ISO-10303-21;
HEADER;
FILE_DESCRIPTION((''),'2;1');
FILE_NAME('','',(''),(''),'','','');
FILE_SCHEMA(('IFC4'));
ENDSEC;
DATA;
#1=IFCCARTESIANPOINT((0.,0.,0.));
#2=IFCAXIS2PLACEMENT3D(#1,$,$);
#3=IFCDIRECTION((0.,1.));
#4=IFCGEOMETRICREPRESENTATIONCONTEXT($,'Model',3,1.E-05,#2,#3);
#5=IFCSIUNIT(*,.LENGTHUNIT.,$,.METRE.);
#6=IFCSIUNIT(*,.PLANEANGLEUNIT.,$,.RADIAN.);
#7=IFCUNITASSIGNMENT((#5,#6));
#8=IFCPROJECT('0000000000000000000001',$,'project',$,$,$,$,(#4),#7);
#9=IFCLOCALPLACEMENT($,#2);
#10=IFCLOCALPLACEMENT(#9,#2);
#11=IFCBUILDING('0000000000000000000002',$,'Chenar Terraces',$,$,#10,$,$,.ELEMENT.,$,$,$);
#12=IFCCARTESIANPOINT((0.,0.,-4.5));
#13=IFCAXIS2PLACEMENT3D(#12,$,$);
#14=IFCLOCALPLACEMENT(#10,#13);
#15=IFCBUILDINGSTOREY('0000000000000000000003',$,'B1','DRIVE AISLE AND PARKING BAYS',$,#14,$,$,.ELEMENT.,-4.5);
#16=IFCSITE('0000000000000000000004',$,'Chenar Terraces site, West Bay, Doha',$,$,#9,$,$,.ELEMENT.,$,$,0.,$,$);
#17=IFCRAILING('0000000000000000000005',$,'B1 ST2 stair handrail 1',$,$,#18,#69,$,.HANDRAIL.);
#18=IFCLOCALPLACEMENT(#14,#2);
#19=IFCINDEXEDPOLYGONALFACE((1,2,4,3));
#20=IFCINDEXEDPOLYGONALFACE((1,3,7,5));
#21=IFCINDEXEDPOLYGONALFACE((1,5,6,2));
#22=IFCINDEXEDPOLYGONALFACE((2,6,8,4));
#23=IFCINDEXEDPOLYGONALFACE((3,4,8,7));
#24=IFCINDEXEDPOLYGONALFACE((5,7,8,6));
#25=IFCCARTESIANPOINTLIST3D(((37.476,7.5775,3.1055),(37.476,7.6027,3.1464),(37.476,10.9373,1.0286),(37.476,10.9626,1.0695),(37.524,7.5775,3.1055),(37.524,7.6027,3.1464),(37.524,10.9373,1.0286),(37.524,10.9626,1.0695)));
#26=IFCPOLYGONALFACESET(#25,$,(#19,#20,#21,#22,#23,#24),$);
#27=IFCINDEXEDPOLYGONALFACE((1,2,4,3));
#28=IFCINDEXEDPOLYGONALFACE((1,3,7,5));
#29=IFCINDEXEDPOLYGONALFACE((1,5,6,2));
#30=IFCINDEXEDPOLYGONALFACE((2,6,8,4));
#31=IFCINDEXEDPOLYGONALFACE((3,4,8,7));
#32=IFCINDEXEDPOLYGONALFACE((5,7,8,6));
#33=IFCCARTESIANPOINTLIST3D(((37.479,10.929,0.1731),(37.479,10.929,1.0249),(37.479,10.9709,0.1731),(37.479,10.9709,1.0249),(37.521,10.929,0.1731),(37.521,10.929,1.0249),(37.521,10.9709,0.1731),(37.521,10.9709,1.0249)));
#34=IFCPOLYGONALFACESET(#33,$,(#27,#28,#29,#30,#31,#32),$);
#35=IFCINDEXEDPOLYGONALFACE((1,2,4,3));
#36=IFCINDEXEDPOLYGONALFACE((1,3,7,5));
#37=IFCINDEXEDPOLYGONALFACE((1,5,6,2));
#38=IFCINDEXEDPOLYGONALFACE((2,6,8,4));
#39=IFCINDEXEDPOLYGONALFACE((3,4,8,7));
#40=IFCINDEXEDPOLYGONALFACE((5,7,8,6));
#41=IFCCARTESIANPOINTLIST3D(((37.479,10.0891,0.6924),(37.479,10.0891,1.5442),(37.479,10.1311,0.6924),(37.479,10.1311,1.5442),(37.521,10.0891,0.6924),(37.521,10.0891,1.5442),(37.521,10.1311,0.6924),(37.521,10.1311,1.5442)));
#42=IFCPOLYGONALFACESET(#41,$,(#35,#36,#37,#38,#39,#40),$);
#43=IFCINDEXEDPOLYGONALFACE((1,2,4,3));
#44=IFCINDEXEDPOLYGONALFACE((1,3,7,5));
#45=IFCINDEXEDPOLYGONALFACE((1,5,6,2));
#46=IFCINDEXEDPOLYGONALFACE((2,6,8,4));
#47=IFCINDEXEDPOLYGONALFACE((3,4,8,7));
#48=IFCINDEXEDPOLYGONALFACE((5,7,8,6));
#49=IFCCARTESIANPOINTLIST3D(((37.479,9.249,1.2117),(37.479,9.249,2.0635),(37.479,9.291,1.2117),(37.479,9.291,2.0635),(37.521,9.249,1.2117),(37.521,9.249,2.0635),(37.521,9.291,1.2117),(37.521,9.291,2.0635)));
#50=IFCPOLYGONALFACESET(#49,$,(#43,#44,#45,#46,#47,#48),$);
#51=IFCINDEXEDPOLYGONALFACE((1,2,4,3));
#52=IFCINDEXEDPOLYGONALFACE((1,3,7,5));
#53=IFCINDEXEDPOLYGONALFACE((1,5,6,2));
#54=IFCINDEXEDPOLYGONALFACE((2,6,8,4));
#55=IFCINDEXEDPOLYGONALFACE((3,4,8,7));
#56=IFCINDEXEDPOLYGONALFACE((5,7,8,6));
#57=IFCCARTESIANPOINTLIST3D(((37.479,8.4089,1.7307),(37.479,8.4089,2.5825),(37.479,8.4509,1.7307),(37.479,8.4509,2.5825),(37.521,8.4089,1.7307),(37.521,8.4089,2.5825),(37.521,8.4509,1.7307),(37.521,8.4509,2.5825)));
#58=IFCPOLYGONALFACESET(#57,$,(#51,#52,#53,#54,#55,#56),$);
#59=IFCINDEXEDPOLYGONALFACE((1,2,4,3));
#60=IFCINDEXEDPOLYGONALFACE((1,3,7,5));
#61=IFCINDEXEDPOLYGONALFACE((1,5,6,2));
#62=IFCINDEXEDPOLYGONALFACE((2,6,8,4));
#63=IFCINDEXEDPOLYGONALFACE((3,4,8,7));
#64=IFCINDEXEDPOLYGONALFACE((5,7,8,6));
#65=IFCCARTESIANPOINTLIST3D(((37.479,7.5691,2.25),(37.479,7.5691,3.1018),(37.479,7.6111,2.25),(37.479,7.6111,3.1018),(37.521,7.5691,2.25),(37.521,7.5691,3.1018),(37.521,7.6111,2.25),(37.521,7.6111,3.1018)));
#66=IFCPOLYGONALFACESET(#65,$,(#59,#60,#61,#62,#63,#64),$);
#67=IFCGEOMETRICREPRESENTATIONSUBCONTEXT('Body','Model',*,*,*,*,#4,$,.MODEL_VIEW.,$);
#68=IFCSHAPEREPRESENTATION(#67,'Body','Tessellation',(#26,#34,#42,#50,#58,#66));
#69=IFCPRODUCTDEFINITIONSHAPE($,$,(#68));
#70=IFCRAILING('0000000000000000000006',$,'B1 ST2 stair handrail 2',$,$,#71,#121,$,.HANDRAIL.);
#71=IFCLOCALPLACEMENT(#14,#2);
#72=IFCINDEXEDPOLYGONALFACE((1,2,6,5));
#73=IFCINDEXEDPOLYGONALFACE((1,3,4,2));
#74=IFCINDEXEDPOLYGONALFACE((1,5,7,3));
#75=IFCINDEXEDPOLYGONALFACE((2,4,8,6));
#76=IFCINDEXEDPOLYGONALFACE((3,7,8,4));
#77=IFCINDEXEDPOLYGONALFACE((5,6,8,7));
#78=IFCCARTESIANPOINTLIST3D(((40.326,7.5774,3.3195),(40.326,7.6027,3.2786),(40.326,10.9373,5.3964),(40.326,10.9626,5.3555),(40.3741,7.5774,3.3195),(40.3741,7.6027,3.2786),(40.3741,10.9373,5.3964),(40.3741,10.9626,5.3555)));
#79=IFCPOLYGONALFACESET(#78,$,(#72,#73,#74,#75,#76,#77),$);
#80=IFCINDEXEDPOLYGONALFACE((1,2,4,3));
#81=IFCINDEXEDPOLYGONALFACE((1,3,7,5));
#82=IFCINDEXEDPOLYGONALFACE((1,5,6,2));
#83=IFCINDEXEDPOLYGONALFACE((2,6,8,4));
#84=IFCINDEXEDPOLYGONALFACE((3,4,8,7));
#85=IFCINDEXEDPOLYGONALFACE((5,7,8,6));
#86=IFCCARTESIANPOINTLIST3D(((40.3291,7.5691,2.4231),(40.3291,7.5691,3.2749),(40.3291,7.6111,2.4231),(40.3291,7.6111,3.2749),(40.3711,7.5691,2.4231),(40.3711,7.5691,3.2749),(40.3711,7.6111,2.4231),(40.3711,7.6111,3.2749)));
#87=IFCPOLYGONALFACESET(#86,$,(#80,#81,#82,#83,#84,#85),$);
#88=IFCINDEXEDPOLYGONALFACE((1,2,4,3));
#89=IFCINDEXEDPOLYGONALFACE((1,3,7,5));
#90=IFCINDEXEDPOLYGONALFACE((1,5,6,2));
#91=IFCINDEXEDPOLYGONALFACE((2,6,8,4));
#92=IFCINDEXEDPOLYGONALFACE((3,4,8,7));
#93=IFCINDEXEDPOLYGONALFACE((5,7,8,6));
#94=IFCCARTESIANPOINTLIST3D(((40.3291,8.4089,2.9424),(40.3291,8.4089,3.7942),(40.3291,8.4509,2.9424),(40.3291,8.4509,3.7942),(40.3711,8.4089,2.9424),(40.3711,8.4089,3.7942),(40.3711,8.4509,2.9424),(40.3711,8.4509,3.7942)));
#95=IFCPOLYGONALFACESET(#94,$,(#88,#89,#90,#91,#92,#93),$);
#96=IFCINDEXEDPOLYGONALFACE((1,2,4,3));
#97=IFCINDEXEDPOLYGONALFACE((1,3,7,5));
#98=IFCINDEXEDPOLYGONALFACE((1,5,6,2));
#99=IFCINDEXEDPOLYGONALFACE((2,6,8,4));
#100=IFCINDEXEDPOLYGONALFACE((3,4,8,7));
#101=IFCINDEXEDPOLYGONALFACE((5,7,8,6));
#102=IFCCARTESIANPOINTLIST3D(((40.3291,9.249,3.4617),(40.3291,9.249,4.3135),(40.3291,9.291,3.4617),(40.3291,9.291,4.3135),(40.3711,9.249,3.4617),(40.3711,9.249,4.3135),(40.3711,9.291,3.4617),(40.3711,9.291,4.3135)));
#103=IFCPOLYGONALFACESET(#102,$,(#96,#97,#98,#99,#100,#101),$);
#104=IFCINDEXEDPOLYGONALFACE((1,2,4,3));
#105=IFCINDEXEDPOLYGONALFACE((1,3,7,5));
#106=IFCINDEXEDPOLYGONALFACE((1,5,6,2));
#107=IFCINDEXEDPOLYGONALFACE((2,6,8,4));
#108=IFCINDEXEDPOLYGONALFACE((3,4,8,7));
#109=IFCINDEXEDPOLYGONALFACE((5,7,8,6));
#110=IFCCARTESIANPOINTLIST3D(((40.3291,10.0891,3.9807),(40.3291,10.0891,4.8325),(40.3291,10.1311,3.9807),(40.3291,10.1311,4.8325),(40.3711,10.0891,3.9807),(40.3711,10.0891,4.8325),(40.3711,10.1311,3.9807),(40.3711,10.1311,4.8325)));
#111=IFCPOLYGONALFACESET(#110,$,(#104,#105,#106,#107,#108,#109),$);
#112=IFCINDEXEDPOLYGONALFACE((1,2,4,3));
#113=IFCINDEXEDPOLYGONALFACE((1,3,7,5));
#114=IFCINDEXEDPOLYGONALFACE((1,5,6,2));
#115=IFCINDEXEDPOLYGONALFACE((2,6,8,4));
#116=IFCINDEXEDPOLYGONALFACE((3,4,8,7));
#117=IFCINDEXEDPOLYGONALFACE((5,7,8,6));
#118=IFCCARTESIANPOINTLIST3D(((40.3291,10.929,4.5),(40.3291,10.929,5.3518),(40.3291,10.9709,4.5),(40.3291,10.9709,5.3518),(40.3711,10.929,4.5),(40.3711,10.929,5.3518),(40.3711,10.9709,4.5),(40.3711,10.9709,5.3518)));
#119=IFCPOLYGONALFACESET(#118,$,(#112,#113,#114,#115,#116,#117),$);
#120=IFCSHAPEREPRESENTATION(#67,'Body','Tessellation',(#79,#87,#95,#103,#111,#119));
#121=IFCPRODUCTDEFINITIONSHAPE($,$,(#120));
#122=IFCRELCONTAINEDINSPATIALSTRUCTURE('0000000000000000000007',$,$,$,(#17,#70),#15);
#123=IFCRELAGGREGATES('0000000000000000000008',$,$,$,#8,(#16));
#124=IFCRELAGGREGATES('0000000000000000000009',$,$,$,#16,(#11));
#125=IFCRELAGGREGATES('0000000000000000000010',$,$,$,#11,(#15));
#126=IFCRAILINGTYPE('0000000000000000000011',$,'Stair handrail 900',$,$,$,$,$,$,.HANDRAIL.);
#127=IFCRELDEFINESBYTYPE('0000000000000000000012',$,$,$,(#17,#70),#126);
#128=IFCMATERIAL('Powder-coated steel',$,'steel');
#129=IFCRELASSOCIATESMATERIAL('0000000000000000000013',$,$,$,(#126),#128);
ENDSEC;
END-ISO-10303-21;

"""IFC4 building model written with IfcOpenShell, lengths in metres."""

from ifc_helpers import new_model, si_unit, direction, frame, origin, origin_2d, place, context, subcontext, project, spatial, rectangle, extrude, material, type_object, element, save


model = new_model("IFC4")

# Units and contexts
model_context = context("Model", 3, precision=1e-05, world=origin(), true_north=direction((0.0, 1.0)))
body_context = subcontext(model_context, "Body", "Model", "MODEL_VIEW")
ifc_project = project(units=[si_unit("LENGTHUNIT", "METRE"), si_unit("PLANEANGLEUNIT", "RADIAN")], contexts=[model_context])

# Site, building, storey
site_placement = place(None, origin())
site = spatial("IfcSite", under=ifc_project, at=site_placement, Name="Chenar Terraces site, West Bay, Doha", CompositionType="ELEMENT", RefElevation=0.0)
building_placement = place(site_placement, origin())
building = spatial("IfcBuilding", under=site, at=building_placement, Name="Chenar Terraces", CompositionType="ELEMENT")
storey_placement = place(building_placement, frame((0.0, 0.0, -4.5)))
storey = spatial("IfcBuildingStorey", under=building, at=storey_placement, Name="B1", Description="DRIVE AISLE AND PARKING BAYS", CompositionType="ELEMENT", Elevation=-4.5)

# Railings
ifc_material_1 = material(Name="Powder-coated steel", Category="steel")
railing_type = type_object("IfcRailingType", Name="Stair handrail 900", PredefinedType="HANDRAIL", material=ifc_material_1)
railing_1_placement = place(storey_placement, frame((37.5, 10.95, 0.1731)))
element("IfcRailing", 1, at=railing_1_placement, inside=storey, type_object=railing_type, Name="B1 ST2 stair handrail 1", PredefinedType="HANDRAIL", context=body_context, shape_type="SweptSolid", body=[
    extrude(rectangle(XDim=0.0481, YDim=0.0481, at=origin_2d()), frame((0.0, 0.0, 0.876), z_axis=(0.0, -0.850606, 0.525803), x_axis=(1.0, 0.0, 0.0)), (0.0, 0.0, 1.0), 3.95),
    extrude(rectangle(XDim=0.042, YDim=0.042, at=origin_2d()), origin(), (0.0, 0.0, 1.0), 0.8518),
    extrude(rectangle(XDim=0.042, YDim=0.042, at=origin_2d()), frame((0.0, -0.8398, 0.5193)), (0.0, 0.0, 1.0), 0.8518),
    extrude(rectangle(XDim=0.042, YDim=0.042, at=origin_2d()), frame((0.0, -1.6799, 1.0386)), (0.0, 0.0, 1.0), 0.8518),
    extrude(rectangle(XDim=0.042, YDim=0.042, at=origin_2d()), frame((0.0, -2.52, 1.5576)), (0.0, 0.0, 1.0), 0.8518),
    extrude(rectangle(XDim=0.042, YDim=0.042, at=origin_2d()), frame((0.0, -3.3599, 2.0769)), (0.0, 0.0, 1.0), 0.8518),
])
railing_2_placement = place(storey_placement, frame((40.3501, 7.5901, 2.4231)))
element("IfcRailing", 2, at=railing_2_placement, inside=storey, type_object=railing_type, Name="B1 ST2 stair handrail 2", PredefinedType="HANDRAIL", context=body_context, shape_type="SweptSolid", body=[
    extrude(rectangle(XDim=0.0481, YDim=0.0481, at=origin_2d()), frame((0.0, 0.0, 0.876), z_axis=(0.0, 0.850606, 0.525803), x_axis=(-1.0, 0.0, 0.0)), (0.0, 0.0, 1.0), 3.95),
    extrude(rectangle(XDim=0.042, YDim=0.042, at=origin_2d()), origin(), (0.0, 0.0, 1.0), 0.8518),
    extrude(rectangle(XDim=0.042, YDim=0.042, at=origin_2d()), frame((0.0, 0.8398, 0.5193)), (0.0, 0.0, 1.0), 0.8518),
    extrude(rectangle(XDim=0.042, YDim=0.042, at=origin_2d()), frame((0.0, 1.6799, 1.0386)), (0.0, 0.0, 1.0), 0.8518),
    extrude(rectangle(XDim=0.042, YDim=0.042, at=origin_2d()), frame((0.0, 2.52, 1.5576)), (0.0, 0.0, 1.0), 0.8518),
    extrude(rectangle(XDim=0.042, YDim=0.042, at=origin_2d()), frame((0.0, 3.3599, 2.0769)), (0.0, 0.0, 1.0), 0.8518),
])

save(model, "model.ifc")
